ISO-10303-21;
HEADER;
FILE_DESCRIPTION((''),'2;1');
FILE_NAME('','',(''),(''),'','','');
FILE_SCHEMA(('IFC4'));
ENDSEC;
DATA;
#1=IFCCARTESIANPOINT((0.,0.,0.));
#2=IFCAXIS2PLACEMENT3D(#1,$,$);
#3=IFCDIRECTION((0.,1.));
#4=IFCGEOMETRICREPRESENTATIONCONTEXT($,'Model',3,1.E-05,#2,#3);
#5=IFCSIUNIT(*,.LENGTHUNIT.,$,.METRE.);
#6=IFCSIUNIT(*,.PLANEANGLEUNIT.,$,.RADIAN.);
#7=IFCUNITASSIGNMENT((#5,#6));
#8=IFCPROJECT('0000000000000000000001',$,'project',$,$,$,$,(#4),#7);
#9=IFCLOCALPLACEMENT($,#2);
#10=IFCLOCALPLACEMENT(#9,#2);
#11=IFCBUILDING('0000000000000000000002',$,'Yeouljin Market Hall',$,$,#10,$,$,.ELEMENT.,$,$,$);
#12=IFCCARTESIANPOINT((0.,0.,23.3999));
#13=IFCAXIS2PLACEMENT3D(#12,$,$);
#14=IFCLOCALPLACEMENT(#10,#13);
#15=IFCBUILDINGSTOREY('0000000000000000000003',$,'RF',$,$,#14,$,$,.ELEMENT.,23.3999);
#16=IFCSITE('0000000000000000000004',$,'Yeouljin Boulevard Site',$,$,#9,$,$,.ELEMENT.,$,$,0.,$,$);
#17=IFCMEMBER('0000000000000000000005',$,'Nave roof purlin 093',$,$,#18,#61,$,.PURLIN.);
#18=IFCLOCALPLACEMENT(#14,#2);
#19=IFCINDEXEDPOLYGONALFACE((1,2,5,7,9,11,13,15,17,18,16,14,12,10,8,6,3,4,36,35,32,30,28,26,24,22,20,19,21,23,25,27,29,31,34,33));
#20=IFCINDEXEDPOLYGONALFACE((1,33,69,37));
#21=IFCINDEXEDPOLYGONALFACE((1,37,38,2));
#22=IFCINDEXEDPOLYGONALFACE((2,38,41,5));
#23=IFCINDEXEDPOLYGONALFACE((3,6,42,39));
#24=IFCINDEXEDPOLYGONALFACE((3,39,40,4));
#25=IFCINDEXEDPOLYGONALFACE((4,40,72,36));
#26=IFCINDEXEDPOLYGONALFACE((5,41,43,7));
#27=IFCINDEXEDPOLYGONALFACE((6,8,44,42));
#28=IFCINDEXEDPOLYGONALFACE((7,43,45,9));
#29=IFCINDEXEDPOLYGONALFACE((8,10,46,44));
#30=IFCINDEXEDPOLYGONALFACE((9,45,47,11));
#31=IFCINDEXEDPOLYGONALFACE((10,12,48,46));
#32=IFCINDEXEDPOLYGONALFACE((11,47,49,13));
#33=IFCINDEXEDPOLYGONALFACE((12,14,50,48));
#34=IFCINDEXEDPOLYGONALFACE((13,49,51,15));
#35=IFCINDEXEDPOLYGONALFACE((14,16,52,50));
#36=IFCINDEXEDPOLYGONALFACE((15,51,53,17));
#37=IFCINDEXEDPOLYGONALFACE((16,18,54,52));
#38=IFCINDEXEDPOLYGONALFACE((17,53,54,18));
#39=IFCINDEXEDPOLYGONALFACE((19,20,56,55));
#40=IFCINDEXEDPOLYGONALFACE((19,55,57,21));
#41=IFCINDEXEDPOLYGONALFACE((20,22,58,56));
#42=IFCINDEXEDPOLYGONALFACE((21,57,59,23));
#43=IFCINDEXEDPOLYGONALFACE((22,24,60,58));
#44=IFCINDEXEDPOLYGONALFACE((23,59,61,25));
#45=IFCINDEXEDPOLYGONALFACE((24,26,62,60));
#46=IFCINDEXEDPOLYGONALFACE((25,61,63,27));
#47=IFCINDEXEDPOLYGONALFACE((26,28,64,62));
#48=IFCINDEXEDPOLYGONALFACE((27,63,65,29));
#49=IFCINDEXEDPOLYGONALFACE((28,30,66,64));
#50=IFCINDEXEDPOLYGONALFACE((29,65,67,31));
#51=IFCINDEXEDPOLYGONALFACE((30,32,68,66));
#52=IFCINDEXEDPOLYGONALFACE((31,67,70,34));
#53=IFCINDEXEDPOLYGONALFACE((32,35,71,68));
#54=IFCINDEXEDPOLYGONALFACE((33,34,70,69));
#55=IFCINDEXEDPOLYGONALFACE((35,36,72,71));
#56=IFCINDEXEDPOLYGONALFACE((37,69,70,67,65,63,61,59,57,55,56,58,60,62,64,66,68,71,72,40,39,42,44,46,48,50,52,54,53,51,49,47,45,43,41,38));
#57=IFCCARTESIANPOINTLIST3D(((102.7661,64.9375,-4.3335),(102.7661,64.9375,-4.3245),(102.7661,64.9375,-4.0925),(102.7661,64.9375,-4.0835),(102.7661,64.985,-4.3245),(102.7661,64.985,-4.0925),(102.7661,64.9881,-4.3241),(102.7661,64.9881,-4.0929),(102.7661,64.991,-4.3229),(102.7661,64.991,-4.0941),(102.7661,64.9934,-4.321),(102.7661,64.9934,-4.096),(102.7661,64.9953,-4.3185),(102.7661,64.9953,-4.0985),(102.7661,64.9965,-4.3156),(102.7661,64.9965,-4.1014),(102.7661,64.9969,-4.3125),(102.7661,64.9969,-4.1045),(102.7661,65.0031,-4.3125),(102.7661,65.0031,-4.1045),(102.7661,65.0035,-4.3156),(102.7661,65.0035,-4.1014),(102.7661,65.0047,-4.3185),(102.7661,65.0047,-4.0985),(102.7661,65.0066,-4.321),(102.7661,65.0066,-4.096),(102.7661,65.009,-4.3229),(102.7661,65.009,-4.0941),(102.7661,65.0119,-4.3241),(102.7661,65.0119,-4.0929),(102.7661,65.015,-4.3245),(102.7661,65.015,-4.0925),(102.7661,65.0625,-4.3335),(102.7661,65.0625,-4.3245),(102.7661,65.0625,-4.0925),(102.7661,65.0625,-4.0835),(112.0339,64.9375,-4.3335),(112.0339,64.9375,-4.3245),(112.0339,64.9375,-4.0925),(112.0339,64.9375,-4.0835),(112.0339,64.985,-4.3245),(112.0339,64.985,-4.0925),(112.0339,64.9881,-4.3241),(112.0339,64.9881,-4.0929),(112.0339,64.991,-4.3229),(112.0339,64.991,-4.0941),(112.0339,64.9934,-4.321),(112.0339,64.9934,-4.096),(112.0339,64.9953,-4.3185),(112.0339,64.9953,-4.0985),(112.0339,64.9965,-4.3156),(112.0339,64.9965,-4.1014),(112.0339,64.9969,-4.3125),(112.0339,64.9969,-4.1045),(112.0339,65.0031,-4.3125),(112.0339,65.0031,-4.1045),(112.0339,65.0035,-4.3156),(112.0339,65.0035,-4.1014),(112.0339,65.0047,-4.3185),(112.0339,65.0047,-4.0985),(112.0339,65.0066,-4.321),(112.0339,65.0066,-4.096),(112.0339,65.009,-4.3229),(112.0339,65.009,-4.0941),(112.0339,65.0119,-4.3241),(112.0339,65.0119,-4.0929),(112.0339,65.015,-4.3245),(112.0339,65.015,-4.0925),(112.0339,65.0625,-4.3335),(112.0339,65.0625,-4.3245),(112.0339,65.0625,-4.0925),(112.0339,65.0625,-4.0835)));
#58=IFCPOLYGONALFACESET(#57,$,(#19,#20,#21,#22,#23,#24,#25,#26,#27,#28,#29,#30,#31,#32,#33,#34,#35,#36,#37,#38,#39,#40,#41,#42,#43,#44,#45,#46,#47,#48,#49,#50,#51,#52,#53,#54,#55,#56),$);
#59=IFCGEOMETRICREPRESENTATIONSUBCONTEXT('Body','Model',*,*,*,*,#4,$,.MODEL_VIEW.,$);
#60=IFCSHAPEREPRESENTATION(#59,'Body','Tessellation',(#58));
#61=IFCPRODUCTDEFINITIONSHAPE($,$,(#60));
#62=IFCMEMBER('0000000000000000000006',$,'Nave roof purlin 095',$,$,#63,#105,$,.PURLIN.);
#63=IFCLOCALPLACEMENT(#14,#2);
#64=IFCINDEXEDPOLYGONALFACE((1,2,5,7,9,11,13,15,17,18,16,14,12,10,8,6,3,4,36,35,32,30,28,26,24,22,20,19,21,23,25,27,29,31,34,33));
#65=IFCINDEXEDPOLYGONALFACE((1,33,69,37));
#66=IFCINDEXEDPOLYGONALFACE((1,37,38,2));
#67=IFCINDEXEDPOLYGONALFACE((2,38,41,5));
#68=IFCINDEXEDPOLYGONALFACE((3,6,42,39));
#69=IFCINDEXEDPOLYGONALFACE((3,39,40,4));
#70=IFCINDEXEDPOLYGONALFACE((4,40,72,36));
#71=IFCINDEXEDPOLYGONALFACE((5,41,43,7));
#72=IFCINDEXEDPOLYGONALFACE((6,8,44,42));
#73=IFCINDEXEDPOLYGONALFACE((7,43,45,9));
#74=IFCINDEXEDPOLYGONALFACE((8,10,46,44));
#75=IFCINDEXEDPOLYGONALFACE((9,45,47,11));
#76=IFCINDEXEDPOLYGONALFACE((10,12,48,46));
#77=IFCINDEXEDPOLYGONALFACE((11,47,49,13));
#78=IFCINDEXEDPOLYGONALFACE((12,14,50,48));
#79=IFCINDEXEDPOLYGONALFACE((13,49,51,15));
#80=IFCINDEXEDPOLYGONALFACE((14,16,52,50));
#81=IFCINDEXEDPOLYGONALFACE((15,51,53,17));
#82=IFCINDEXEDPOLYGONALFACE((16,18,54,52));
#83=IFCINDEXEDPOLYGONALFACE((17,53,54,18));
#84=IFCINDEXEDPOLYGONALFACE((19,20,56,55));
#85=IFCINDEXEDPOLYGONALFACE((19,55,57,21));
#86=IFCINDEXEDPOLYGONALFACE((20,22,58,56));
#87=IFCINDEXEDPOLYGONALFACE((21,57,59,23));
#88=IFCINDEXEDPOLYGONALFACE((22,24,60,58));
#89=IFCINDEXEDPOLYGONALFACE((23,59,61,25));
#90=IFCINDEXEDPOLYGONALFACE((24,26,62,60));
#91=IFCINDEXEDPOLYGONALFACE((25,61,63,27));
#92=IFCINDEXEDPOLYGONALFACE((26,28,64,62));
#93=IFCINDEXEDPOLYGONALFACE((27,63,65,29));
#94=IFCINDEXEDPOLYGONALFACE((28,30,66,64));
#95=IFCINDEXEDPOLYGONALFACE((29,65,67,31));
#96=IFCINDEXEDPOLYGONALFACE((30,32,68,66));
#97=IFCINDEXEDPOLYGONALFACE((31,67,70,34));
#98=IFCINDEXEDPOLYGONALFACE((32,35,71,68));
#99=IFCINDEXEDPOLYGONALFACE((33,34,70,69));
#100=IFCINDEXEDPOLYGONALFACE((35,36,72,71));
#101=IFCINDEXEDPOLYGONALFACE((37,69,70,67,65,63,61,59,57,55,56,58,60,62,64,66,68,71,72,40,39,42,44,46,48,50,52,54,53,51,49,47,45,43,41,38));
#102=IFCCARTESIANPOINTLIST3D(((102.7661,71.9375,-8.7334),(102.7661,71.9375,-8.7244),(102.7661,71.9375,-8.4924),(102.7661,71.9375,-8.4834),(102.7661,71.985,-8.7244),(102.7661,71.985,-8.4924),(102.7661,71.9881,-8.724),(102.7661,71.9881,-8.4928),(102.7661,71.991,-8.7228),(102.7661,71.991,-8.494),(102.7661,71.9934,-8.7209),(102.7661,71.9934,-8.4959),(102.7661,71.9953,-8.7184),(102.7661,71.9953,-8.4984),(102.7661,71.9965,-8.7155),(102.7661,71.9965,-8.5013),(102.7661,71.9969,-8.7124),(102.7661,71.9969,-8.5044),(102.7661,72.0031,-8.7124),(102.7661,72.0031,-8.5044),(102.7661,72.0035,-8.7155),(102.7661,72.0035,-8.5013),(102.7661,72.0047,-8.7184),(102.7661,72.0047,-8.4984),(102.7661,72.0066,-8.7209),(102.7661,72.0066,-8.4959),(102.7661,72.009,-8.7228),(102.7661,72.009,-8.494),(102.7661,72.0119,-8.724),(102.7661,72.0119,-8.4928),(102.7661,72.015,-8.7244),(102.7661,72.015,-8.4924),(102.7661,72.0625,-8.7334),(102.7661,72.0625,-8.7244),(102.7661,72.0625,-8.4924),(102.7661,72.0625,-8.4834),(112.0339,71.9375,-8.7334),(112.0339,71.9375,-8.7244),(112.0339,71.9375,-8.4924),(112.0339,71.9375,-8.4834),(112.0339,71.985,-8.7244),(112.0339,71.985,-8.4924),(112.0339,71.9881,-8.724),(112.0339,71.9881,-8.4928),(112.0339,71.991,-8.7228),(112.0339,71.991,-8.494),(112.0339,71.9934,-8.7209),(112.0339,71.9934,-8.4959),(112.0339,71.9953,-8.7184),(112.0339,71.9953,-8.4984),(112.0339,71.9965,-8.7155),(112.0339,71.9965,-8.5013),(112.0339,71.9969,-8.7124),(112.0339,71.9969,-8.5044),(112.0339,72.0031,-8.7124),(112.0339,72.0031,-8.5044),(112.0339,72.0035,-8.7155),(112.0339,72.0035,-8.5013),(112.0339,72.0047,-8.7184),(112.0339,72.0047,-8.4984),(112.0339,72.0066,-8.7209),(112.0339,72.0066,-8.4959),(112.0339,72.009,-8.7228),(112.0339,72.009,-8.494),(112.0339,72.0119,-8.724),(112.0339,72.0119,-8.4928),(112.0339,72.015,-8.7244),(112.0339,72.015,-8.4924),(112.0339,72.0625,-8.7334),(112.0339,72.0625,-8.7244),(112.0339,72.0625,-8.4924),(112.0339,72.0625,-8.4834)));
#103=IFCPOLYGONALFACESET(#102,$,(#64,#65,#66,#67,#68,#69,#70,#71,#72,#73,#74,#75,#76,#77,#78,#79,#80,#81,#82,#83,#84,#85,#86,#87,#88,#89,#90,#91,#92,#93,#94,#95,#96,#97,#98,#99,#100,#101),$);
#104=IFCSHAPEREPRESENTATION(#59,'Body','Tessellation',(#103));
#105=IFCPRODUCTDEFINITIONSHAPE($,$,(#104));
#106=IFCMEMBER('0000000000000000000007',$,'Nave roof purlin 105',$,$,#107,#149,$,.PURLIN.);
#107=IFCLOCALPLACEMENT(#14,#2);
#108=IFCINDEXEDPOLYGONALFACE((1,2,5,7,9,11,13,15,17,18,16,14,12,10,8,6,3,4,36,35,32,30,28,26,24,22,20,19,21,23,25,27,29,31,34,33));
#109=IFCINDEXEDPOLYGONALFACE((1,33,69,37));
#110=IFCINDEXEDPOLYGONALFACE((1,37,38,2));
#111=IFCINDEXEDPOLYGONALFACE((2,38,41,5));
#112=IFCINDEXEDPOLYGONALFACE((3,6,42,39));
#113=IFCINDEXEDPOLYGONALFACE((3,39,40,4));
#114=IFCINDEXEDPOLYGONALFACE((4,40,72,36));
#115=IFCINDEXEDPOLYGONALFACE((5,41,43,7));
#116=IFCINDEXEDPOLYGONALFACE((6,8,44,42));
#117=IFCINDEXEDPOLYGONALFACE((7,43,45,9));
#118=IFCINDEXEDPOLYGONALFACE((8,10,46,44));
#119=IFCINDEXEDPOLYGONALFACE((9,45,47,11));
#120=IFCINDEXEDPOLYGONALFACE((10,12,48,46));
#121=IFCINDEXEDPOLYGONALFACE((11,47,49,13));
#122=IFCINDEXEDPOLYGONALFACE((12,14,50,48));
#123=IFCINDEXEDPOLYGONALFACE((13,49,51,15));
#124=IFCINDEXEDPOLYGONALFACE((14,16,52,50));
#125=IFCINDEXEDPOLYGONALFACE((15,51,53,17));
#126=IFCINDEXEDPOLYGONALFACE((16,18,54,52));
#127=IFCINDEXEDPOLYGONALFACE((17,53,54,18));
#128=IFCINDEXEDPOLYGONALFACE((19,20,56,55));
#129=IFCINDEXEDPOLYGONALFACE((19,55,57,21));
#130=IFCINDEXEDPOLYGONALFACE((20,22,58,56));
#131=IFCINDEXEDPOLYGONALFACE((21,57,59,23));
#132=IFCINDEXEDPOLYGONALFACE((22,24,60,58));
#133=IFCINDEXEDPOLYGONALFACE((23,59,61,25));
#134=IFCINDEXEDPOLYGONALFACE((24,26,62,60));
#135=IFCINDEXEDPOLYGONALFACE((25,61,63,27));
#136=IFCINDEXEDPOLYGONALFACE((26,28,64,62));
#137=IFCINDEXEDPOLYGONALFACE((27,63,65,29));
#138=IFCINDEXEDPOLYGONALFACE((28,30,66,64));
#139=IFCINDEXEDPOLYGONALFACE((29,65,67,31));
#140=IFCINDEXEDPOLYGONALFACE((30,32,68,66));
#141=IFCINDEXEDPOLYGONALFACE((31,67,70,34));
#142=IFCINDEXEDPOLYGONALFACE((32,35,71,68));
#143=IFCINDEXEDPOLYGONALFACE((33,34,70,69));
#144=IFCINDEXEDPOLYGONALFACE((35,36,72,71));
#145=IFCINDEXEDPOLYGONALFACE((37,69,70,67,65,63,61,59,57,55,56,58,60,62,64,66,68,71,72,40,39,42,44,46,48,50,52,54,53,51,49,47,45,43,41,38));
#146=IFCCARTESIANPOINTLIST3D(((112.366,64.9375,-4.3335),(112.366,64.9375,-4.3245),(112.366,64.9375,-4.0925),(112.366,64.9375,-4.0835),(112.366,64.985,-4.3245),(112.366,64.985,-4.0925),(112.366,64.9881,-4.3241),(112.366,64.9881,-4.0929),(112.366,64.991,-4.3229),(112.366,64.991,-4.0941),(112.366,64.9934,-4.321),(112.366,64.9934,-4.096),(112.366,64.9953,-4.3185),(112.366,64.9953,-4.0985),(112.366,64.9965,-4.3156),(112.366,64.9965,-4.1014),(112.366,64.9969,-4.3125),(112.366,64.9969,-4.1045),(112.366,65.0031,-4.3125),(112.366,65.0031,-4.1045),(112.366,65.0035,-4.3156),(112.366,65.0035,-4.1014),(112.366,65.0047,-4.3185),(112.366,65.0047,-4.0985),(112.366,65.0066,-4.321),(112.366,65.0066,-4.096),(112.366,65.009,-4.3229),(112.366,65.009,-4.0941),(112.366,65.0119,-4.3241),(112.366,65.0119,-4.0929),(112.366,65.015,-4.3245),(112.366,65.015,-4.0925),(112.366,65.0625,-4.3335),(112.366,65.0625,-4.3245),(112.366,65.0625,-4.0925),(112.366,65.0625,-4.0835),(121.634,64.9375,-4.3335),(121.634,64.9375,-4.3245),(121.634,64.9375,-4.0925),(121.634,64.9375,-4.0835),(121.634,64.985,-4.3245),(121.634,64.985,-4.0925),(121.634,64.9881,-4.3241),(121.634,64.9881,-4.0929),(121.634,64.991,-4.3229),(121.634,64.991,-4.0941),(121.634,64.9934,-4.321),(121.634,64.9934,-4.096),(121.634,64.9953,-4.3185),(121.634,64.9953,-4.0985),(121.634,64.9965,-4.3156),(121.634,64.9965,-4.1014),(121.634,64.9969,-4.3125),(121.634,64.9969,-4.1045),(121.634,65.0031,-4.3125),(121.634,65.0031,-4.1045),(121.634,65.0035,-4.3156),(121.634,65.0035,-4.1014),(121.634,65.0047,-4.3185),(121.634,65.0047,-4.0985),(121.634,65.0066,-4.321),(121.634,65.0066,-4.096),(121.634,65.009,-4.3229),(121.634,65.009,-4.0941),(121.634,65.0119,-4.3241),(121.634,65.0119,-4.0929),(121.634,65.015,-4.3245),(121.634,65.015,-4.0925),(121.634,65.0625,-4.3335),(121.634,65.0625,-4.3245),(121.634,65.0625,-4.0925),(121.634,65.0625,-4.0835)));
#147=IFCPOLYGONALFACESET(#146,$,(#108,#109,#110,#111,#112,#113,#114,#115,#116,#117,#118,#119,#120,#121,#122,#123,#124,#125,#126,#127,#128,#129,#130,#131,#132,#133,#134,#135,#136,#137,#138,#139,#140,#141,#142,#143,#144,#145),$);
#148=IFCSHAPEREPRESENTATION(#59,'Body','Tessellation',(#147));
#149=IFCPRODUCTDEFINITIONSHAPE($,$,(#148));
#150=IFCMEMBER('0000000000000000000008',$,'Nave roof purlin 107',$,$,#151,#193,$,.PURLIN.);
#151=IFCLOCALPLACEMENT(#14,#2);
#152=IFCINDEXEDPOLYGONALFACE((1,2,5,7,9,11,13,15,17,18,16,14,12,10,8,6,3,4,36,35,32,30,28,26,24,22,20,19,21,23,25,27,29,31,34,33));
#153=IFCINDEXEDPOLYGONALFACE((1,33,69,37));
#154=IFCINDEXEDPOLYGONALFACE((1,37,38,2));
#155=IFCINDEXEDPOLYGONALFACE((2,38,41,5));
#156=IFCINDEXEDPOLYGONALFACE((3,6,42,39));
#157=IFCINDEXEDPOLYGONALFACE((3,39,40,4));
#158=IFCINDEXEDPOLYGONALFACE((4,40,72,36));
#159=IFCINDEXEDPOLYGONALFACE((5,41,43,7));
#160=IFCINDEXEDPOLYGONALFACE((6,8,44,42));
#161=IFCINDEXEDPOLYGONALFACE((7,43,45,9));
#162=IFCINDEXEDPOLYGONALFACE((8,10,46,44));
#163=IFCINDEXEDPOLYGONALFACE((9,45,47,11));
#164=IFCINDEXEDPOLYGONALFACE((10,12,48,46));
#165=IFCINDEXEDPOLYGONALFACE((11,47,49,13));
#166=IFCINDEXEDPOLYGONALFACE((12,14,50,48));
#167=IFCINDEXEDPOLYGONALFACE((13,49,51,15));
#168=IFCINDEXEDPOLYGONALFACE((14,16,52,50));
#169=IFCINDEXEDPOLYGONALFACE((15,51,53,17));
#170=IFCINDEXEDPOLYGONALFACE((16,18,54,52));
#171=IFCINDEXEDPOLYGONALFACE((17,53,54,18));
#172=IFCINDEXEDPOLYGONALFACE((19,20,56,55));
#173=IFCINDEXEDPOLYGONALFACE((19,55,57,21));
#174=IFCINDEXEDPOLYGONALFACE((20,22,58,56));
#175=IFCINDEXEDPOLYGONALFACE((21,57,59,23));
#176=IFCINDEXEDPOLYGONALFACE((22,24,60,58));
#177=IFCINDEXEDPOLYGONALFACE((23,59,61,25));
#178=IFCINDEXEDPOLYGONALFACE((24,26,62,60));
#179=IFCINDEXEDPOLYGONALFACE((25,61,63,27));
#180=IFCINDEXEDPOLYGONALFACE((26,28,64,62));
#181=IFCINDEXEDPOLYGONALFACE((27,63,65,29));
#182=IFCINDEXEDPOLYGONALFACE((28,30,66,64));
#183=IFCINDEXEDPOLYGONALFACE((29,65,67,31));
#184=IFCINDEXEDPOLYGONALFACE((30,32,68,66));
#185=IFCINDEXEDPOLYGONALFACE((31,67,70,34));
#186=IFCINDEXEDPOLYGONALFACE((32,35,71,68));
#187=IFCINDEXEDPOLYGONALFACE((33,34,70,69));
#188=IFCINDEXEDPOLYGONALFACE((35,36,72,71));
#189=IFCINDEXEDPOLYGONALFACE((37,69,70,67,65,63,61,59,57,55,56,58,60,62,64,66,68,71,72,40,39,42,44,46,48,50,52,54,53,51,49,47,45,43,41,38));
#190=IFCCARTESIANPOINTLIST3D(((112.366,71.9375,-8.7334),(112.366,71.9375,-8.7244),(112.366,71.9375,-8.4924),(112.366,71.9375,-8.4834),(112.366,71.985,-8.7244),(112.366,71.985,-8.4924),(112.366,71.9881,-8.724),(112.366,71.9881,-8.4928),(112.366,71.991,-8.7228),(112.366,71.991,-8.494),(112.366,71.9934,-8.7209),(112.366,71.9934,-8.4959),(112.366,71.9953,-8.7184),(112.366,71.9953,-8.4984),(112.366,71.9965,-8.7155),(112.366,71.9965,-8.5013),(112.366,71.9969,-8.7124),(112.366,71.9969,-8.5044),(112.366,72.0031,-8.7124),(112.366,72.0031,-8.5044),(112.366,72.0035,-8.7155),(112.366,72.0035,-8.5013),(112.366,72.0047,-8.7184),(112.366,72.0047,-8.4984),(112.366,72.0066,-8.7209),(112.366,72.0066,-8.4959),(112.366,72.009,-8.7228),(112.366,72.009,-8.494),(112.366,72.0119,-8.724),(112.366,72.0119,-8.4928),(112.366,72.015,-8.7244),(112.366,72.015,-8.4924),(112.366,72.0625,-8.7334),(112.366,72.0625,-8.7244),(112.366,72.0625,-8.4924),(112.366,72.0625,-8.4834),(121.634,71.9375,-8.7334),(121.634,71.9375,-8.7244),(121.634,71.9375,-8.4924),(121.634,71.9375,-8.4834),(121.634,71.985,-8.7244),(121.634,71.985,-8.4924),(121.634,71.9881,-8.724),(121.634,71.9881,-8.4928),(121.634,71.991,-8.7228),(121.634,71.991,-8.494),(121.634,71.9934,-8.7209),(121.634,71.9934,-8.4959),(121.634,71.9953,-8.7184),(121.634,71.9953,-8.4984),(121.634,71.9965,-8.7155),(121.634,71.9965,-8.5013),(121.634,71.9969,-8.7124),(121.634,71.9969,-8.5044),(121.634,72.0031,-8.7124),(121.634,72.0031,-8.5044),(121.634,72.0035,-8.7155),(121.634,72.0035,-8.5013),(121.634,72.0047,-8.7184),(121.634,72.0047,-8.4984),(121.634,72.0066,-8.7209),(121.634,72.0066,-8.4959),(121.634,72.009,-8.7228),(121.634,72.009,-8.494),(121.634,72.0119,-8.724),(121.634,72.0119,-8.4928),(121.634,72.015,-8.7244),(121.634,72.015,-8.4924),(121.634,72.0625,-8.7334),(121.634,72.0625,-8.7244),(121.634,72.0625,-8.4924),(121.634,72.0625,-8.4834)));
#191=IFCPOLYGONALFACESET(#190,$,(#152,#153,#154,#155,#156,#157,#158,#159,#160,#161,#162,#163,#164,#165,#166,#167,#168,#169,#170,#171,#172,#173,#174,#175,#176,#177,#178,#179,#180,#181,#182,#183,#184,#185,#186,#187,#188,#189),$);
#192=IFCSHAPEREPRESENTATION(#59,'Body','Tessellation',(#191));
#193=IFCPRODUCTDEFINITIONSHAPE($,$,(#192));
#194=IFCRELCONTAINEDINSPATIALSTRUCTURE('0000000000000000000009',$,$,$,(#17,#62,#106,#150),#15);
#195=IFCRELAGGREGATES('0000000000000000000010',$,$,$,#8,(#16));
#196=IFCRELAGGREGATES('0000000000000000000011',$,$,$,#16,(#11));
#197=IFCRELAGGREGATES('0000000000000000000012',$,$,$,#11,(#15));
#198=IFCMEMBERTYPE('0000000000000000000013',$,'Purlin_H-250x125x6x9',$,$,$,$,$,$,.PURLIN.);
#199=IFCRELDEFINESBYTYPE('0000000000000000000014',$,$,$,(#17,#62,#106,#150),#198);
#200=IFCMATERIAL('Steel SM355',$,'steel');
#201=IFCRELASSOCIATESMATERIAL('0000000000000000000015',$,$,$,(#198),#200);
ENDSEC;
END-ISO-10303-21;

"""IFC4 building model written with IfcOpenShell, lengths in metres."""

from ifc_helpers import new_model, si_unit, direction, frame, origin, origin_2d, place, context, subcontext, project, spatial, i_section, extrude, material, material_profile, profile_set, type_object, element, save


model = new_model("IFC4")

# Units and contexts
model_context = context("Model", 3, precision=1e-05, world=origin(), true_north=direction((0.0, 1.0)))
body_context = subcontext(model_context, "Body", "Model", "MODEL_VIEW")
ifc_project = project(units=[si_unit("LENGTHUNIT", "METRE"), si_unit("PLANEANGLEUNIT", "RADIAN")], contexts=[model_context])

# Site, building, storey
site_placement = place(None, origin())
site = spatial("IfcSite", under=ifc_project, at=site_placement, Name="Yeouljin Boulevard Site", CompositionType="ELEMENT", RefElevation=0.0)
building_placement = place(site_placement, origin())
building = spatial("IfcBuilding", under=site, at=building_placement, Name="Yeouljin Market Hall", CompositionType="ELEMENT")
storey_placement = place(building_placement, frame((0.0, 0.0, 23.3999)))
storey = spatial("IfcBuildingStorey", under=building, at=storey_placement, Name="RF", CompositionType="ELEMENT", Elevation=23.3999)

# Members
ifc_material_1 = material(Name="Steel SM355", Category="steel")
ifc_material_profile_1 = material_profile(ifc_material_1, i_section(OverallWidth=0.125, OverallDepth=0.25, WebThickness=0.0061, FlangeThickness=0.009, FilletRadius=0.012, at=origin_2d()), Name="H-250x125x6x9")
ifc_profile_set_1 = profile_set([ifc_material_profile_1], Name="Steel SM355")
member_type_1 = type_object("IfcMemberType", Name="Purlin_H-250x125x6x9", PredefinedType="PURLIN", material=ifc_profile_set_1)
for number, where, z_axis, x_axis, name in (
    (1, (102.7661, 65.0, -4.2085), (1.0, 0.0, 0.0), (0.0, 1.0, 0.0), "Nave roof purlin 093"),
    (2, (102.7661, 72.0, -8.6084), (1.0, 0.0, 0.0), (0.0, 1.0, 0.0), "Nave roof purlin 095"),
):
    element("IfcMember", number, at=place(storey_placement, frame(where, z_axis=z_axis, x_axis=x_axis)), inside=storey, type_object=member_type_1, Name=name, PredefinedType="PURLIN", context=body_context, shape_type="SweptSolid", body=[
        extrude(i_section(OverallWidth=0.125, OverallDepth=0.25, WebThickness=0.0061, FlangeThickness=0.009, FilletRadius=0.012, at=origin_2d()), origin(), (0.0, 0.0, 1.0), 9.2678),
    ])
for number, where, z_axis, x_axis, name in (
    (3, (112.366, 65.0, -4.2085), (1.0, 0.0, 0.0), (0.0, 1.0, 0.0), "Nave roof purlin 105"),
    (4, (112.366, 72.0, -8.6084), (1.0, 0.0, 0.0), (0.0, 1.0, 0.0), "Nave roof purlin 107"),
):
    element("IfcMember", number, at=place(storey_placement, frame(where, z_axis=z_axis, x_axis=x_axis)), inside=storey, type_object=member_type_1, Name=name, PredefinedType="PURLIN", context=body_context, shape_type="SweptSolid", body=[
        extrude(i_section(OverallWidth=0.125, OverallDepth=0.25, WebThickness=0.0061, FlangeThickness=0.009, FilletRadius=0.012, at=origin_2d()), origin(), (0.0, 0.0, 1.0), 9.2681),
    ])

save(model, "model.ifc")
